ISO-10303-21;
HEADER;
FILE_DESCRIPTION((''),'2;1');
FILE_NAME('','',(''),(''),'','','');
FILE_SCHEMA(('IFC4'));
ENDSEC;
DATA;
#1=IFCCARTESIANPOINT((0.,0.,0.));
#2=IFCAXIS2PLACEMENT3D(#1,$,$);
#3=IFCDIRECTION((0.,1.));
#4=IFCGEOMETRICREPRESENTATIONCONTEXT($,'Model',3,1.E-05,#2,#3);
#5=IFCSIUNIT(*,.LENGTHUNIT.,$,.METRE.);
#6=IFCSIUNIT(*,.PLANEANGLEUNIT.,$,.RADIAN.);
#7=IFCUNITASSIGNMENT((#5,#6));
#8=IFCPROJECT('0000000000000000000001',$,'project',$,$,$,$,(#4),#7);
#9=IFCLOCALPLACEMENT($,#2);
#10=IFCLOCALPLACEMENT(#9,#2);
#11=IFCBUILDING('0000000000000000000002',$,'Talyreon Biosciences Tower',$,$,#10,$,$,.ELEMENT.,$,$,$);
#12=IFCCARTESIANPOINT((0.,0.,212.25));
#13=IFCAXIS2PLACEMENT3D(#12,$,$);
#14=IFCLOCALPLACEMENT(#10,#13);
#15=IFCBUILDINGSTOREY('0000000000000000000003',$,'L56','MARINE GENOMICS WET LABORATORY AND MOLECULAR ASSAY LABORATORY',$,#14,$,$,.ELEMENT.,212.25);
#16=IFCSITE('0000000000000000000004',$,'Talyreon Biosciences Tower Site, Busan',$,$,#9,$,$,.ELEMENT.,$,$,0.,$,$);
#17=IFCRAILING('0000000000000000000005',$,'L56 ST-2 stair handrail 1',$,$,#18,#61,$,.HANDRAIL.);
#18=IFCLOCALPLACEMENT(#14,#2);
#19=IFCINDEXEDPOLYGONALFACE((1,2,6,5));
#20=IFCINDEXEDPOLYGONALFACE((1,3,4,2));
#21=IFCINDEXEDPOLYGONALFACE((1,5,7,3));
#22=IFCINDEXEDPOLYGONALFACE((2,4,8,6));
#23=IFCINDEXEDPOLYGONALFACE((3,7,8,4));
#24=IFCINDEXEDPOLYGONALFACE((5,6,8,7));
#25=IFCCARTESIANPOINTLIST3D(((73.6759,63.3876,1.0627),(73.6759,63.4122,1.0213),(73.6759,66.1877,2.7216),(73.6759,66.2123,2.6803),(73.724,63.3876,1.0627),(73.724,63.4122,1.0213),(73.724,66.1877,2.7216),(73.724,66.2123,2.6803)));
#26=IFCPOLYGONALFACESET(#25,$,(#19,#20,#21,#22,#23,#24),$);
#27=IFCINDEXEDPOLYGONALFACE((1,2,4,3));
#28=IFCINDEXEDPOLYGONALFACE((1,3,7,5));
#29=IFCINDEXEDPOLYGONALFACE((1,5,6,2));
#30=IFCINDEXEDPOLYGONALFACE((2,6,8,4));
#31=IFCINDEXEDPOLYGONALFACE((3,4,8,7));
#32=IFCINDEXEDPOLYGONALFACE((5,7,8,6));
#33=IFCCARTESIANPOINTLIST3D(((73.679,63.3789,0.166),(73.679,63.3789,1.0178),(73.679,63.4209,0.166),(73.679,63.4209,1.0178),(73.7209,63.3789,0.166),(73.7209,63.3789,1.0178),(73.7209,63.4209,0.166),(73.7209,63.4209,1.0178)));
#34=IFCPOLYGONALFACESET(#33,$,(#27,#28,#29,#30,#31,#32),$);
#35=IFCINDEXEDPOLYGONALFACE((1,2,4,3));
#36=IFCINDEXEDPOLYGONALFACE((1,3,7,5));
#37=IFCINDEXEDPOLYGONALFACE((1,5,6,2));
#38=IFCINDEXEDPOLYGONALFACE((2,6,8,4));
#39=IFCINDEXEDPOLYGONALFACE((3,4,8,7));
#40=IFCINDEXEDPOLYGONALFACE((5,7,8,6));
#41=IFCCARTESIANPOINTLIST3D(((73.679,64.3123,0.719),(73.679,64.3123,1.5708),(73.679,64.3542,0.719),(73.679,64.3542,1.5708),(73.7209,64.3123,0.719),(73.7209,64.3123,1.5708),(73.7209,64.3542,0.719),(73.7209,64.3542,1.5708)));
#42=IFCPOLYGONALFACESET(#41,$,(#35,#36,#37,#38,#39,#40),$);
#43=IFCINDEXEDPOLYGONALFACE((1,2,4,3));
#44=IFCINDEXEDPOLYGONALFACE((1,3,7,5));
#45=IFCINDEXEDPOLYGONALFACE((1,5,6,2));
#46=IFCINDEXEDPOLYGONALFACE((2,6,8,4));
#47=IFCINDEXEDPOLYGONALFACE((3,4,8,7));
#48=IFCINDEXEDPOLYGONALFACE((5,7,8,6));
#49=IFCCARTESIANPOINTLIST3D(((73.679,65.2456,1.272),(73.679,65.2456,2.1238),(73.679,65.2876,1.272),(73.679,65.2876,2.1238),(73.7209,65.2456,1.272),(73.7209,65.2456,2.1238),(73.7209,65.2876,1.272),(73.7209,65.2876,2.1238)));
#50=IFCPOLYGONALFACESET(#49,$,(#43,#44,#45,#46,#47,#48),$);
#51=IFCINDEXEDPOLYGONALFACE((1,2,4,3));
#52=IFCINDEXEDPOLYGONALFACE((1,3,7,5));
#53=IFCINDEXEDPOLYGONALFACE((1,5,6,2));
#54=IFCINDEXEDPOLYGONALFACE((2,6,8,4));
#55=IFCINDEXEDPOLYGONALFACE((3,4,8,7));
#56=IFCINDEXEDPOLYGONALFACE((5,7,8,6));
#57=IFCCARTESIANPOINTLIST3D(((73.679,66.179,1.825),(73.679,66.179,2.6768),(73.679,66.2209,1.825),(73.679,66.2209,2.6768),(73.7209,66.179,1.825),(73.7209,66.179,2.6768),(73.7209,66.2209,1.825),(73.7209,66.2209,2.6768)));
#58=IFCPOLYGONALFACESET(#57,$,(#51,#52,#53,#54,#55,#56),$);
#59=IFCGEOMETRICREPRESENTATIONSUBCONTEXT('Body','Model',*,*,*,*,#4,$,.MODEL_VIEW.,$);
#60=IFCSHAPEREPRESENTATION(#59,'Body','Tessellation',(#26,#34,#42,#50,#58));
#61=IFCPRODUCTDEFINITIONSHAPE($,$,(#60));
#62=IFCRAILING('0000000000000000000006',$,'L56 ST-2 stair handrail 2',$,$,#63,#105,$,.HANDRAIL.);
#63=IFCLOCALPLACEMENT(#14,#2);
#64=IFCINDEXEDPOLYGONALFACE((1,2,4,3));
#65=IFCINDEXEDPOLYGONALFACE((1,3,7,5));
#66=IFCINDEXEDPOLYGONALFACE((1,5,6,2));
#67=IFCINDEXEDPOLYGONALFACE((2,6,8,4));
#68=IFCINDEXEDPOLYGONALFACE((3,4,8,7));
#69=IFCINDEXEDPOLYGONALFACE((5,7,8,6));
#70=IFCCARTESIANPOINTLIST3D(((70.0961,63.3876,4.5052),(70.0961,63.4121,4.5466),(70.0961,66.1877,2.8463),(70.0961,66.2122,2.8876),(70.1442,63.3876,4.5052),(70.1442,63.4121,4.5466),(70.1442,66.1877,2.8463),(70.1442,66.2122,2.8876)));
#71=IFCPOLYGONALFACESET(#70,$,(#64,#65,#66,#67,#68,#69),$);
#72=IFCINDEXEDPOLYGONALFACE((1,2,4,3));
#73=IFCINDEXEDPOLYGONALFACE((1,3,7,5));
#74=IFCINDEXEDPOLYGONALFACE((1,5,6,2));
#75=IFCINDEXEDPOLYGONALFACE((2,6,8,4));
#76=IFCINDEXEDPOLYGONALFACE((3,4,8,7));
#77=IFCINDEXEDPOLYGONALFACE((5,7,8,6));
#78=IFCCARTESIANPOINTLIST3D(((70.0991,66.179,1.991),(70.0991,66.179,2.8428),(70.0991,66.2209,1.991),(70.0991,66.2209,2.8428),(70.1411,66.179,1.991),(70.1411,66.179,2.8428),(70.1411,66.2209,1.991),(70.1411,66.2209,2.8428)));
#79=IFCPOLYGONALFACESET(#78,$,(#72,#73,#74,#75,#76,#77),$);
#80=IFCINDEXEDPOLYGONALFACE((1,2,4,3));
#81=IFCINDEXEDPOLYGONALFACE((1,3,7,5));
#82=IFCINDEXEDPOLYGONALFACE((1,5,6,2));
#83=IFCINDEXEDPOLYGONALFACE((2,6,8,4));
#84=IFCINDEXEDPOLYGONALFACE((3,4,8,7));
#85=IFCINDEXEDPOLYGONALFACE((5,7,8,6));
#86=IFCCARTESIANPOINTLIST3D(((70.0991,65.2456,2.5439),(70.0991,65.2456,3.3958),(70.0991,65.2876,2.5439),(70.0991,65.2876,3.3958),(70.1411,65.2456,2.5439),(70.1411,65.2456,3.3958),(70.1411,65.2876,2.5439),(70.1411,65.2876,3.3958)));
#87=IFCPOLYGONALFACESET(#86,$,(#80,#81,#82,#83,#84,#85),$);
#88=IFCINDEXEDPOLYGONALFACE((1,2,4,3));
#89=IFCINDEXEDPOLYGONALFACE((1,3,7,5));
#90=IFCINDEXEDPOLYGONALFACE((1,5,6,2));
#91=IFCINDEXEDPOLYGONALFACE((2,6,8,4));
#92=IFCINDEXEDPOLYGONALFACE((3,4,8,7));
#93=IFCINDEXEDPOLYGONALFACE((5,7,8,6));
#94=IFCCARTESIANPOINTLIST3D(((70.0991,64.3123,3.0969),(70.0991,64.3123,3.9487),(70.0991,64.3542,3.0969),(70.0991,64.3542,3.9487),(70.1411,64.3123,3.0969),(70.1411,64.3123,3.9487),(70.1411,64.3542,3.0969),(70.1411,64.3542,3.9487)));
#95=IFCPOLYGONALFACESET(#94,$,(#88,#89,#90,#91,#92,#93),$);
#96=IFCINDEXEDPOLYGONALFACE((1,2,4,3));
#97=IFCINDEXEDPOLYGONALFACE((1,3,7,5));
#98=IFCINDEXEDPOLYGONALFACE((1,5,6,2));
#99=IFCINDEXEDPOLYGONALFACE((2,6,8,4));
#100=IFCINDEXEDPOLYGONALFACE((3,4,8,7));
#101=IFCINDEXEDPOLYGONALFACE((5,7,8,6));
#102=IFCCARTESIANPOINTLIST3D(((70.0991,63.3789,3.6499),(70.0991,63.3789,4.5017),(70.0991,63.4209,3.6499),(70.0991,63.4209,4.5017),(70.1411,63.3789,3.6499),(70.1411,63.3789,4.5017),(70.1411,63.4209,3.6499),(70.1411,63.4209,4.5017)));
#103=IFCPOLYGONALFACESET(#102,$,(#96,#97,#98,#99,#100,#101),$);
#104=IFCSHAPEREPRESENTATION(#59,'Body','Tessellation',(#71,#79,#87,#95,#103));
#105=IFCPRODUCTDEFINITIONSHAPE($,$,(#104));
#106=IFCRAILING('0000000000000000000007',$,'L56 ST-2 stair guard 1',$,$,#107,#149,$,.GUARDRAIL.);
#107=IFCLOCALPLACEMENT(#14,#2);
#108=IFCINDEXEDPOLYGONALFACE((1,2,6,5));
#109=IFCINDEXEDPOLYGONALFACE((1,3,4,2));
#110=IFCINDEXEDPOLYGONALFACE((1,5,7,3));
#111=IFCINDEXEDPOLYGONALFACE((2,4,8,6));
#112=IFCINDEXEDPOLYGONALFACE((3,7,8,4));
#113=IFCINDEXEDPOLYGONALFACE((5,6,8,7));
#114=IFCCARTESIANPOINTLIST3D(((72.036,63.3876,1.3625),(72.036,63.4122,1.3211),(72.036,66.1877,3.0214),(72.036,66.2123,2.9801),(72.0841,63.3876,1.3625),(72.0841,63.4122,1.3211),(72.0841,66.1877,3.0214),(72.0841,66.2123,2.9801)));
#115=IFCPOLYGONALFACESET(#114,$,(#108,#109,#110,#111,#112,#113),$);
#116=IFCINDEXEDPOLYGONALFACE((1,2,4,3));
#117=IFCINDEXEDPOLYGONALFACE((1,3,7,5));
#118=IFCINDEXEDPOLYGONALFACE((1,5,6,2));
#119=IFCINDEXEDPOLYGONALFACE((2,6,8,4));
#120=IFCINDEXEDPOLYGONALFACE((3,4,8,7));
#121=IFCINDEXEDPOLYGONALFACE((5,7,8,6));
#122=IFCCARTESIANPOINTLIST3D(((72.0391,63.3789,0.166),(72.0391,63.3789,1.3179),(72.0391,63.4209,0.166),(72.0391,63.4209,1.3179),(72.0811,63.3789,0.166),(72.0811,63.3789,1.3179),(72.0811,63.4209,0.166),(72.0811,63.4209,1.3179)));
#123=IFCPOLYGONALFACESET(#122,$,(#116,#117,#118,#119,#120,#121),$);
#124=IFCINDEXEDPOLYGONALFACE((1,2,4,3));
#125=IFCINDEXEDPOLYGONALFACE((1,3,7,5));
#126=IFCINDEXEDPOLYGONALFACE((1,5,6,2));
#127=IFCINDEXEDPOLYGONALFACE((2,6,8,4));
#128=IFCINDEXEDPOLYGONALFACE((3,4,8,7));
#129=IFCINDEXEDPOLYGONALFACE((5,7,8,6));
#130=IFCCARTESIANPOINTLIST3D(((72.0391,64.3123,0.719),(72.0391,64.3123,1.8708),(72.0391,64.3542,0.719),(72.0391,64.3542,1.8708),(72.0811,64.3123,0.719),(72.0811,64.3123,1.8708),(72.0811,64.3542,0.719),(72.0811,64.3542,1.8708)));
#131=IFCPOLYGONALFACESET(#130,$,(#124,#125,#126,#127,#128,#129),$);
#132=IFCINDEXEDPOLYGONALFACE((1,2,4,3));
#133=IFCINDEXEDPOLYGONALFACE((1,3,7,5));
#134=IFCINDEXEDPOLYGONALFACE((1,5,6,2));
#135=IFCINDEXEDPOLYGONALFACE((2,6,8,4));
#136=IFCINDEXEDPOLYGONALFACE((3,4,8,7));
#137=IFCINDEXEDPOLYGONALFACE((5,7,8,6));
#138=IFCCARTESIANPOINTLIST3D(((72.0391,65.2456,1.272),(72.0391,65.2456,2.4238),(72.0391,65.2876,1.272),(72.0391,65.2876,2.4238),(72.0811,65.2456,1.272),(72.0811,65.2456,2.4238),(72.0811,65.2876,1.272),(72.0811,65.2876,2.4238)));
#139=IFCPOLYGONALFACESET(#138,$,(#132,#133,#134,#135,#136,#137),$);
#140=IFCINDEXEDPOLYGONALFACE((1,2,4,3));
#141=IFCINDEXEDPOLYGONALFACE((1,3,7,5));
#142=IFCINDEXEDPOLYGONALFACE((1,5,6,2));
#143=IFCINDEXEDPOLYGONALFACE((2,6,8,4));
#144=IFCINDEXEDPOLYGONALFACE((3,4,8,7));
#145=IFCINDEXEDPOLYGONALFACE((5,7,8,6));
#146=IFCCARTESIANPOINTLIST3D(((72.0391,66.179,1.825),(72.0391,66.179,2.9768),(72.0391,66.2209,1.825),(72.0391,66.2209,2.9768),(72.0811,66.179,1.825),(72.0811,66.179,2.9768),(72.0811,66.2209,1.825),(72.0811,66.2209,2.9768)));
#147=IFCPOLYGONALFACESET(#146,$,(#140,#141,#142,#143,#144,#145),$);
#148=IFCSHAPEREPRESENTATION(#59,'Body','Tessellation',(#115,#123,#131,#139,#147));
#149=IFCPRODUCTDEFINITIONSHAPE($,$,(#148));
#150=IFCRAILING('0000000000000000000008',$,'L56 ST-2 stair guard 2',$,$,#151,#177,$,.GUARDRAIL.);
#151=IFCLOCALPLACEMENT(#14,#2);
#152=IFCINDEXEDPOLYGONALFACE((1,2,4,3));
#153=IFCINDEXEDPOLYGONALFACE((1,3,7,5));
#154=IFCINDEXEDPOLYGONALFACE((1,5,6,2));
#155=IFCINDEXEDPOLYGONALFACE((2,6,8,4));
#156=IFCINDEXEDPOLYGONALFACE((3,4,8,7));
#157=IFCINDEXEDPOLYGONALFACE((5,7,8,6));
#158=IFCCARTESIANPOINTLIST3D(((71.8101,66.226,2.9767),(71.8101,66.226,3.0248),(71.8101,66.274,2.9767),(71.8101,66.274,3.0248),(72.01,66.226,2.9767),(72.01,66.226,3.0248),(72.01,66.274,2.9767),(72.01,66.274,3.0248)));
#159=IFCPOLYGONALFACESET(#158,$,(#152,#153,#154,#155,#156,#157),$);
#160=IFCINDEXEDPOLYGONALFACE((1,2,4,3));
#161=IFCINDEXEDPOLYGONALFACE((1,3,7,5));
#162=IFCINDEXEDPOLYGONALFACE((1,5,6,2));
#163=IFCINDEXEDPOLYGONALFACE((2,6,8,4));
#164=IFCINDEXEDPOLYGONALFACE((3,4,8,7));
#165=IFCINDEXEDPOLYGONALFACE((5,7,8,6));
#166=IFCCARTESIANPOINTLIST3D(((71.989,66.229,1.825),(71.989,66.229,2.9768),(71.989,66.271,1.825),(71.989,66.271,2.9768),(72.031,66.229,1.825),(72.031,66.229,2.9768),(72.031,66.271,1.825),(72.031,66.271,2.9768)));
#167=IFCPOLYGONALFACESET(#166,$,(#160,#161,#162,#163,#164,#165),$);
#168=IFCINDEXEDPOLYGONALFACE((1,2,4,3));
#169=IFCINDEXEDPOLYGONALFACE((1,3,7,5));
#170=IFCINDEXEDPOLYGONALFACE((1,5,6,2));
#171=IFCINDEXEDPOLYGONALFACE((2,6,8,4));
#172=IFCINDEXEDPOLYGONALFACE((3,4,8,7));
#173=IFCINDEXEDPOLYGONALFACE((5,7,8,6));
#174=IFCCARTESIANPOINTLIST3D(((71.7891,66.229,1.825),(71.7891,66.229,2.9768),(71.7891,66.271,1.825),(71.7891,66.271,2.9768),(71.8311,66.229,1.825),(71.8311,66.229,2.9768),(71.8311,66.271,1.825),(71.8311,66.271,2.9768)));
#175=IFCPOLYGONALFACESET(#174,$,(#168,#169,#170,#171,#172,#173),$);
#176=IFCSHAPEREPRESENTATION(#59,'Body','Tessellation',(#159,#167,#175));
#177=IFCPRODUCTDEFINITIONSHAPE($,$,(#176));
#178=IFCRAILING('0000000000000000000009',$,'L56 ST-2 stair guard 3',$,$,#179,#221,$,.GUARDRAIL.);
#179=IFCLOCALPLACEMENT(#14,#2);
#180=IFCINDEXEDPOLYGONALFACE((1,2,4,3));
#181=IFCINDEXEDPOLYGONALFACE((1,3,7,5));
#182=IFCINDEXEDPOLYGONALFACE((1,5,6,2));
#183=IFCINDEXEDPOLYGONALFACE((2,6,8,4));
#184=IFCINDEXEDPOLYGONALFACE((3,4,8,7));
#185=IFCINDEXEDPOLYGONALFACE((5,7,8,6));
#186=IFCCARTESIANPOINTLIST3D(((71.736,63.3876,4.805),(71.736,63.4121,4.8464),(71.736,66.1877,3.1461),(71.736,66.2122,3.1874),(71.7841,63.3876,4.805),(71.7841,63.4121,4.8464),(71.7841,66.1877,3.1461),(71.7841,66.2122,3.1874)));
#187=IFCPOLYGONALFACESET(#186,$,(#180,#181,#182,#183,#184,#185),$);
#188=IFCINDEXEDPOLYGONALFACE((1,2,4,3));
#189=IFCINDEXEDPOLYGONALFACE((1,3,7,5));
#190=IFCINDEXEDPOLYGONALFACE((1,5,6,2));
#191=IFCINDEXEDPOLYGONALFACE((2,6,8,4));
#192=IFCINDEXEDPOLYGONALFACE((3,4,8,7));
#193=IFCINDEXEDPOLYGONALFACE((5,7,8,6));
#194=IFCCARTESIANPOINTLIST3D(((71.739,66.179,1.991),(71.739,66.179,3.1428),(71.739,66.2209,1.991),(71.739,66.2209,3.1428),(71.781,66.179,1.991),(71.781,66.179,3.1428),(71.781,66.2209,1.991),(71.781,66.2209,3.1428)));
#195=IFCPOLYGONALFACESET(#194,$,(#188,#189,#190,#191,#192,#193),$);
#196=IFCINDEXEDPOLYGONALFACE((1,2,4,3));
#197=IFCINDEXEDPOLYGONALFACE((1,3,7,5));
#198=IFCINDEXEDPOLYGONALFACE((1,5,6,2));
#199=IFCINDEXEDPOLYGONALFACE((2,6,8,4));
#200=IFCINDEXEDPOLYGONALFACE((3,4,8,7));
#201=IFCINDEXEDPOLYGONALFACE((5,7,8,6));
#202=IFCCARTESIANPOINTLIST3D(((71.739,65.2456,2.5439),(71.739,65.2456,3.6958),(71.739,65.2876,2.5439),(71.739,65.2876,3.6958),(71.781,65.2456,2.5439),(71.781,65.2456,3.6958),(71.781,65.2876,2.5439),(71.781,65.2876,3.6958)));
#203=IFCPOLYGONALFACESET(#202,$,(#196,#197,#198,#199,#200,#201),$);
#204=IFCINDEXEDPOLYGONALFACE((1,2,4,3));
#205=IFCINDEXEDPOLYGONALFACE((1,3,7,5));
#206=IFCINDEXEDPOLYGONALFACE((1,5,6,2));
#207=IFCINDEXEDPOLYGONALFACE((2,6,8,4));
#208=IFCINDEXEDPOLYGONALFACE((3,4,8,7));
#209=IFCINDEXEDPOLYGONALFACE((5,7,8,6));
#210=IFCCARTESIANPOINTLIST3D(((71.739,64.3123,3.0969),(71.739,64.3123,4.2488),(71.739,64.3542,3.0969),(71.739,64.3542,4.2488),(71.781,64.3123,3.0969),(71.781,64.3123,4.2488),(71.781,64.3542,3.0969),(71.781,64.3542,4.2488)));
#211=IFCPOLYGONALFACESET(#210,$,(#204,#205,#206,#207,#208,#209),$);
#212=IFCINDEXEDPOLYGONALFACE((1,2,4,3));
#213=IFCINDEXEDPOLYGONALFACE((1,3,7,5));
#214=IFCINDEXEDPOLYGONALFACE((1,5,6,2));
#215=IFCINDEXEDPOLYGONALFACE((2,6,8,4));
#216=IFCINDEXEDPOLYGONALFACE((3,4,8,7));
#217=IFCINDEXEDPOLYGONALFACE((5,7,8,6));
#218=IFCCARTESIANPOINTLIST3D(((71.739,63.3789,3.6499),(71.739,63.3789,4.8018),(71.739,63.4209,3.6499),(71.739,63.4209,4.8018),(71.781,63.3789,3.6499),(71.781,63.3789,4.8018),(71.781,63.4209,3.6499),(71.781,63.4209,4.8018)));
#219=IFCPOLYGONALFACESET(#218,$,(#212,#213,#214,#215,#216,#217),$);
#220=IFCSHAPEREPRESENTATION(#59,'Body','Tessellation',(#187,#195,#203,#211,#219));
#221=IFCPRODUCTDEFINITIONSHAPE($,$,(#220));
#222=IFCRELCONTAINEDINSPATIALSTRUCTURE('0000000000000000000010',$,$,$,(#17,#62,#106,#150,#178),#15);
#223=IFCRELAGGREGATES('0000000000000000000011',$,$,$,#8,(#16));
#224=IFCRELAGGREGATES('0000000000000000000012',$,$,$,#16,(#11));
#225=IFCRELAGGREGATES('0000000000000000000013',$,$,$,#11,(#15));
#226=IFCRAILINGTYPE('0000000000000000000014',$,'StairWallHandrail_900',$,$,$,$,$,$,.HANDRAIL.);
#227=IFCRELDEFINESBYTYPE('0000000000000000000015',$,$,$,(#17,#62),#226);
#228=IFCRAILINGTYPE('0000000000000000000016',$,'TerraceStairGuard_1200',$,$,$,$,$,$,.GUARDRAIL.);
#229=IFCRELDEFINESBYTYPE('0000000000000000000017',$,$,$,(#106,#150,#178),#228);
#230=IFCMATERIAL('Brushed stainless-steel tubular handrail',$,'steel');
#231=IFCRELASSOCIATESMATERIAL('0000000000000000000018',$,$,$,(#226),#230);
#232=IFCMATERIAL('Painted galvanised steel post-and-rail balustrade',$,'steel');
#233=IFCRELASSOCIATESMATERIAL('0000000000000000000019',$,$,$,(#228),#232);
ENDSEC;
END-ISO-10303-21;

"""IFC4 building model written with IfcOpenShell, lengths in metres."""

from ifc_helpers import new_model, si_unit, direction, frame, origin, origin_2d, place, context, subcontext, project, spatial, rectangle, extrude, material, type_object, element, save


model = new_model("IFC4")

# Units and contexts
model_context = context("Model", 3, precision=1e-05, world=origin(), true_north=direction((0.0, 1.0)))
body_context = subcontext(model_context, "Body", "Model", "MODEL_VIEW")
ifc_project = project(units=[si_unit("LENGTHUNIT", "METRE"), si_unit("PLANEANGLEUNIT", "RADIAN")], contexts=[model_context])

# Site, building, storey
site_placement = place(None, origin())
site = spatial("IfcSite", under=ifc_project, at=site_placement, Name="Talyreon Biosciences Tower Site, Busan", CompositionType="ELEMENT", RefElevation=0.0)
building_placement = place(site_placement, origin())
building = spatial("IfcBuilding", under=site, at=building_placement, Name="Talyreon Biosciences Tower", CompositionType="ELEMENT")
storey_placement = place(building_placement, frame((0.0, 0.0, 212.25)))
storey = spatial("IfcBuildingStorey", under=building, at=storey_placement, Name="L56", Description="MARINE GENOMICS WET LABORATORY AND MOLECULAR ASSAY LABORATORY", CompositionType="ELEMENT", Elevation=212.25)

# Railings
ifc_material_1 = material(Name="Brushed stainless-steel tubular handrail", Category="steel")
railing_type_1 = type_object("IfcRailingType", Name="StairWallHandrail_900", PredefinedType="HANDRAIL", material=ifc_material_1)
railing_1_placement = place(storey_placement, frame((73.7, 63.3999, 0.166)))
element("IfcRailing", 1, at=railing_1_placement, inside=storey, type_object=railing_type_1, Name="L56 ST-2 stair handrail 1", PredefinedType="HANDRAIL", context=body_context, shape_type="SweptSolid", body=[
    extrude(rectangle(XDim=0.0481, YDim=0.0481, at=origin_2d()), frame((0.0, 0.0, 0.876), z_axis=(0.0, 0.860339, 0.509722), x_axis=(-1.0, 0.0, 0.0)), (0.0, 0.0, 1.0), 3.2546),
    extrude(rectangle(XDim=0.042, YDim=0.042, at=origin_2d()), origin(), (0.0, 0.0, 1.0), 0.8518),
    extrude(rectangle(XDim=0.042, YDim=0.042, at=origin_2d()), frame((0.0, 0.9333, 0.553)), (0.0, 0.0, 1.0), 0.8518),
    extrude(rectangle(XDim=0.042, YDim=0.042, at=origin_2d()), frame((0.0, 1.8667, 1.106)), (0.0, 0.0, 1.0), 0.8518),
    extrude(rectangle(XDim=0.042, YDim=0.042, at=origin_2d()), frame((0.0, 2.8, 1.6589)), (0.0, 0.0, 1.0), 0.8518),
])
railing_2_placement = place(storey_placement, frame((70.1201, 66.2, 1.991)))
element("IfcRailing", 2, at=railing_2_placement, inside=storey, type_object=railing_type_1, Name="L56 ST-2 stair handrail 2", PredefinedType="HANDRAIL", context=body_context, shape_type="SweptSolid", body=[
    extrude(rectangle(XDim=0.0481, YDim=0.0481, at=origin_2d()), frame((0.0, 0.0, 0.876), z_axis=(0.0, -0.860339, 0.509722), x_axis=(1.0, 0.0, 0.0)), (0.0, 0.0, 1.0), 3.2546),
    extrude(rectangle(XDim=0.042, YDim=0.042, at=origin_2d()), origin(), (0.0, 0.0, 1.0), 0.8518),
    extrude(rectangle(XDim=0.042, YDim=0.042, at=origin_2d()), frame((0.0, -0.9333, 0.553)), (0.0, 0.0, 1.0), 0.8518),
    extrude(rectangle(XDim=0.042, YDim=0.042, at=origin_2d()), frame((0.0, -1.8667, 1.106)), (0.0, 0.0, 1.0), 0.8518),
    extrude(rectangle(XDim=0.042, YDim=0.042, at=origin_2d()), frame((0.0, -2.8, 1.6589)), (0.0, 0.0, 1.0), 0.8518),
])
ifc_material_2 = material(Name="Painted galvanised steel post-and-rail balustrade", Category="steel")
railing_type_2 = type_object("IfcRailingType", Name="TerraceStairGuard_1200", PredefinedType="GUARDRAIL", material=ifc_material_2)
railing_3_placement = place(storey_placement, frame((72.0601, 63.3999, 0.166)))
element("IfcRailing", 3, at=railing_3_placement, inside=storey, type_object=railing_type_2, Name="L56 ST-2 stair guard 1", PredefinedType="GUARDRAIL", context=body_context, shape_type="SweptSolid", body=[
    extrude(rectangle(XDim=0.0481, YDim=0.0481, at=origin_2d()), frame((0.0, 0.0, 1.1758), z_axis=(0.0, 0.860339, 0.509722), x_axis=(-1.0, 0.0, 0.0)), (0.0, 0.0, 1.0), 3.2546),
    extrude(rectangle(XDim=0.042, YDim=0.042, at=origin_2d()), origin(), (0.0, 0.0, 1.0), 1.1519),
    extrude(rectangle(XDim=0.042, YDim=0.042, at=origin_2d()), frame((0.0, 0.9333, 0.553)), (0.0, 0.0, 1.0), 1.1519),
    extrude(rectangle(XDim=0.042, YDim=0.042, at=origin_2d()), frame((0.0, 1.8667, 1.106)), (0.0, 0.0, 1.0), 1.1519),
    extrude(rectangle(XDim=0.042, YDim=0.042, at=origin_2d()), frame((0.0, 2.8, 1.6589)), (0.0, 0.0, 1.0), 1.1519),
])
railing_4_placement = place(storey_placement, frame((72.01, 66.25, 1.825)))
element("IfcRailing", 4, at=railing_4_placement, inside=storey, type_object=railing_type_2, Name="L56 ST-2 stair guard 2", PredefinedType="GUARDRAIL", context=body_context, shape_type="SweptSolid", body=[
    extrude(rectangle(XDim=0.0481, YDim=0.0481, at=origin_2d()), frame((0.0, 0.0, 1.1758), z_axis=(-1.0, 0.0, 0.0), x_axis=(0.0, -1.0, 0.0)), (0.0, 0.0, 1.0), 0.2),
    extrude(rectangle(XDim=0.042, YDim=0.042, at=origin_2d()), origin(), (0.0, 0.0, 1.0), 1.1519),
    extrude(rectangle(XDim=0.042, YDim=0.042, at=origin_2d()), frame((-0.2, 0.0, 0.0)), (0.0, 0.0, 1.0), 1.1519),
])
railing_5_placement = place(storey_placement, frame((71.76, 66.2, 1.991)))
element("IfcRailing", 5, at=railing_5_placement, inside=storey, type_object=railing_type_2, Name="L56 ST-2 stair guard 3", PredefinedType="GUARDRAIL", context=body_context, shape_type="SweptSolid", body=[
    extrude(rectangle(XDim=0.0481, YDim=0.0481, at=origin_2d()), frame((0.0, 0.0, 1.1758), z_axis=(0.0, -0.860339, 0.509722), x_axis=(1.0, 0.0, 0.0)), (0.0, 0.0, 1.0), 3.2546),
    extrude(rectangle(XDim=0.042, YDim=0.042, at=origin_2d()), origin(), (0.0, 0.0, 1.0), 1.1519),
    extrude(rectangle(XDim=0.042, YDim=0.042, at=origin_2d()), frame((0.0, -0.9333, 0.553)), (0.0, 0.0, 1.0), 1.1519),
    extrude(rectangle(XDim=0.042, YDim=0.042, at=origin_2d()), frame((0.0, -1.8667, 1.106)), (0.0, 0.0, 1.0), 1.1519),
    extrude(rectangle(XDim=0.042, YDim=0.042, at=origin_2d()), frame((0.0, -2.8, 1.6589)), (0.0, 0.0, 1.0), 1.1519),
])

save(model, "model.ifc")
